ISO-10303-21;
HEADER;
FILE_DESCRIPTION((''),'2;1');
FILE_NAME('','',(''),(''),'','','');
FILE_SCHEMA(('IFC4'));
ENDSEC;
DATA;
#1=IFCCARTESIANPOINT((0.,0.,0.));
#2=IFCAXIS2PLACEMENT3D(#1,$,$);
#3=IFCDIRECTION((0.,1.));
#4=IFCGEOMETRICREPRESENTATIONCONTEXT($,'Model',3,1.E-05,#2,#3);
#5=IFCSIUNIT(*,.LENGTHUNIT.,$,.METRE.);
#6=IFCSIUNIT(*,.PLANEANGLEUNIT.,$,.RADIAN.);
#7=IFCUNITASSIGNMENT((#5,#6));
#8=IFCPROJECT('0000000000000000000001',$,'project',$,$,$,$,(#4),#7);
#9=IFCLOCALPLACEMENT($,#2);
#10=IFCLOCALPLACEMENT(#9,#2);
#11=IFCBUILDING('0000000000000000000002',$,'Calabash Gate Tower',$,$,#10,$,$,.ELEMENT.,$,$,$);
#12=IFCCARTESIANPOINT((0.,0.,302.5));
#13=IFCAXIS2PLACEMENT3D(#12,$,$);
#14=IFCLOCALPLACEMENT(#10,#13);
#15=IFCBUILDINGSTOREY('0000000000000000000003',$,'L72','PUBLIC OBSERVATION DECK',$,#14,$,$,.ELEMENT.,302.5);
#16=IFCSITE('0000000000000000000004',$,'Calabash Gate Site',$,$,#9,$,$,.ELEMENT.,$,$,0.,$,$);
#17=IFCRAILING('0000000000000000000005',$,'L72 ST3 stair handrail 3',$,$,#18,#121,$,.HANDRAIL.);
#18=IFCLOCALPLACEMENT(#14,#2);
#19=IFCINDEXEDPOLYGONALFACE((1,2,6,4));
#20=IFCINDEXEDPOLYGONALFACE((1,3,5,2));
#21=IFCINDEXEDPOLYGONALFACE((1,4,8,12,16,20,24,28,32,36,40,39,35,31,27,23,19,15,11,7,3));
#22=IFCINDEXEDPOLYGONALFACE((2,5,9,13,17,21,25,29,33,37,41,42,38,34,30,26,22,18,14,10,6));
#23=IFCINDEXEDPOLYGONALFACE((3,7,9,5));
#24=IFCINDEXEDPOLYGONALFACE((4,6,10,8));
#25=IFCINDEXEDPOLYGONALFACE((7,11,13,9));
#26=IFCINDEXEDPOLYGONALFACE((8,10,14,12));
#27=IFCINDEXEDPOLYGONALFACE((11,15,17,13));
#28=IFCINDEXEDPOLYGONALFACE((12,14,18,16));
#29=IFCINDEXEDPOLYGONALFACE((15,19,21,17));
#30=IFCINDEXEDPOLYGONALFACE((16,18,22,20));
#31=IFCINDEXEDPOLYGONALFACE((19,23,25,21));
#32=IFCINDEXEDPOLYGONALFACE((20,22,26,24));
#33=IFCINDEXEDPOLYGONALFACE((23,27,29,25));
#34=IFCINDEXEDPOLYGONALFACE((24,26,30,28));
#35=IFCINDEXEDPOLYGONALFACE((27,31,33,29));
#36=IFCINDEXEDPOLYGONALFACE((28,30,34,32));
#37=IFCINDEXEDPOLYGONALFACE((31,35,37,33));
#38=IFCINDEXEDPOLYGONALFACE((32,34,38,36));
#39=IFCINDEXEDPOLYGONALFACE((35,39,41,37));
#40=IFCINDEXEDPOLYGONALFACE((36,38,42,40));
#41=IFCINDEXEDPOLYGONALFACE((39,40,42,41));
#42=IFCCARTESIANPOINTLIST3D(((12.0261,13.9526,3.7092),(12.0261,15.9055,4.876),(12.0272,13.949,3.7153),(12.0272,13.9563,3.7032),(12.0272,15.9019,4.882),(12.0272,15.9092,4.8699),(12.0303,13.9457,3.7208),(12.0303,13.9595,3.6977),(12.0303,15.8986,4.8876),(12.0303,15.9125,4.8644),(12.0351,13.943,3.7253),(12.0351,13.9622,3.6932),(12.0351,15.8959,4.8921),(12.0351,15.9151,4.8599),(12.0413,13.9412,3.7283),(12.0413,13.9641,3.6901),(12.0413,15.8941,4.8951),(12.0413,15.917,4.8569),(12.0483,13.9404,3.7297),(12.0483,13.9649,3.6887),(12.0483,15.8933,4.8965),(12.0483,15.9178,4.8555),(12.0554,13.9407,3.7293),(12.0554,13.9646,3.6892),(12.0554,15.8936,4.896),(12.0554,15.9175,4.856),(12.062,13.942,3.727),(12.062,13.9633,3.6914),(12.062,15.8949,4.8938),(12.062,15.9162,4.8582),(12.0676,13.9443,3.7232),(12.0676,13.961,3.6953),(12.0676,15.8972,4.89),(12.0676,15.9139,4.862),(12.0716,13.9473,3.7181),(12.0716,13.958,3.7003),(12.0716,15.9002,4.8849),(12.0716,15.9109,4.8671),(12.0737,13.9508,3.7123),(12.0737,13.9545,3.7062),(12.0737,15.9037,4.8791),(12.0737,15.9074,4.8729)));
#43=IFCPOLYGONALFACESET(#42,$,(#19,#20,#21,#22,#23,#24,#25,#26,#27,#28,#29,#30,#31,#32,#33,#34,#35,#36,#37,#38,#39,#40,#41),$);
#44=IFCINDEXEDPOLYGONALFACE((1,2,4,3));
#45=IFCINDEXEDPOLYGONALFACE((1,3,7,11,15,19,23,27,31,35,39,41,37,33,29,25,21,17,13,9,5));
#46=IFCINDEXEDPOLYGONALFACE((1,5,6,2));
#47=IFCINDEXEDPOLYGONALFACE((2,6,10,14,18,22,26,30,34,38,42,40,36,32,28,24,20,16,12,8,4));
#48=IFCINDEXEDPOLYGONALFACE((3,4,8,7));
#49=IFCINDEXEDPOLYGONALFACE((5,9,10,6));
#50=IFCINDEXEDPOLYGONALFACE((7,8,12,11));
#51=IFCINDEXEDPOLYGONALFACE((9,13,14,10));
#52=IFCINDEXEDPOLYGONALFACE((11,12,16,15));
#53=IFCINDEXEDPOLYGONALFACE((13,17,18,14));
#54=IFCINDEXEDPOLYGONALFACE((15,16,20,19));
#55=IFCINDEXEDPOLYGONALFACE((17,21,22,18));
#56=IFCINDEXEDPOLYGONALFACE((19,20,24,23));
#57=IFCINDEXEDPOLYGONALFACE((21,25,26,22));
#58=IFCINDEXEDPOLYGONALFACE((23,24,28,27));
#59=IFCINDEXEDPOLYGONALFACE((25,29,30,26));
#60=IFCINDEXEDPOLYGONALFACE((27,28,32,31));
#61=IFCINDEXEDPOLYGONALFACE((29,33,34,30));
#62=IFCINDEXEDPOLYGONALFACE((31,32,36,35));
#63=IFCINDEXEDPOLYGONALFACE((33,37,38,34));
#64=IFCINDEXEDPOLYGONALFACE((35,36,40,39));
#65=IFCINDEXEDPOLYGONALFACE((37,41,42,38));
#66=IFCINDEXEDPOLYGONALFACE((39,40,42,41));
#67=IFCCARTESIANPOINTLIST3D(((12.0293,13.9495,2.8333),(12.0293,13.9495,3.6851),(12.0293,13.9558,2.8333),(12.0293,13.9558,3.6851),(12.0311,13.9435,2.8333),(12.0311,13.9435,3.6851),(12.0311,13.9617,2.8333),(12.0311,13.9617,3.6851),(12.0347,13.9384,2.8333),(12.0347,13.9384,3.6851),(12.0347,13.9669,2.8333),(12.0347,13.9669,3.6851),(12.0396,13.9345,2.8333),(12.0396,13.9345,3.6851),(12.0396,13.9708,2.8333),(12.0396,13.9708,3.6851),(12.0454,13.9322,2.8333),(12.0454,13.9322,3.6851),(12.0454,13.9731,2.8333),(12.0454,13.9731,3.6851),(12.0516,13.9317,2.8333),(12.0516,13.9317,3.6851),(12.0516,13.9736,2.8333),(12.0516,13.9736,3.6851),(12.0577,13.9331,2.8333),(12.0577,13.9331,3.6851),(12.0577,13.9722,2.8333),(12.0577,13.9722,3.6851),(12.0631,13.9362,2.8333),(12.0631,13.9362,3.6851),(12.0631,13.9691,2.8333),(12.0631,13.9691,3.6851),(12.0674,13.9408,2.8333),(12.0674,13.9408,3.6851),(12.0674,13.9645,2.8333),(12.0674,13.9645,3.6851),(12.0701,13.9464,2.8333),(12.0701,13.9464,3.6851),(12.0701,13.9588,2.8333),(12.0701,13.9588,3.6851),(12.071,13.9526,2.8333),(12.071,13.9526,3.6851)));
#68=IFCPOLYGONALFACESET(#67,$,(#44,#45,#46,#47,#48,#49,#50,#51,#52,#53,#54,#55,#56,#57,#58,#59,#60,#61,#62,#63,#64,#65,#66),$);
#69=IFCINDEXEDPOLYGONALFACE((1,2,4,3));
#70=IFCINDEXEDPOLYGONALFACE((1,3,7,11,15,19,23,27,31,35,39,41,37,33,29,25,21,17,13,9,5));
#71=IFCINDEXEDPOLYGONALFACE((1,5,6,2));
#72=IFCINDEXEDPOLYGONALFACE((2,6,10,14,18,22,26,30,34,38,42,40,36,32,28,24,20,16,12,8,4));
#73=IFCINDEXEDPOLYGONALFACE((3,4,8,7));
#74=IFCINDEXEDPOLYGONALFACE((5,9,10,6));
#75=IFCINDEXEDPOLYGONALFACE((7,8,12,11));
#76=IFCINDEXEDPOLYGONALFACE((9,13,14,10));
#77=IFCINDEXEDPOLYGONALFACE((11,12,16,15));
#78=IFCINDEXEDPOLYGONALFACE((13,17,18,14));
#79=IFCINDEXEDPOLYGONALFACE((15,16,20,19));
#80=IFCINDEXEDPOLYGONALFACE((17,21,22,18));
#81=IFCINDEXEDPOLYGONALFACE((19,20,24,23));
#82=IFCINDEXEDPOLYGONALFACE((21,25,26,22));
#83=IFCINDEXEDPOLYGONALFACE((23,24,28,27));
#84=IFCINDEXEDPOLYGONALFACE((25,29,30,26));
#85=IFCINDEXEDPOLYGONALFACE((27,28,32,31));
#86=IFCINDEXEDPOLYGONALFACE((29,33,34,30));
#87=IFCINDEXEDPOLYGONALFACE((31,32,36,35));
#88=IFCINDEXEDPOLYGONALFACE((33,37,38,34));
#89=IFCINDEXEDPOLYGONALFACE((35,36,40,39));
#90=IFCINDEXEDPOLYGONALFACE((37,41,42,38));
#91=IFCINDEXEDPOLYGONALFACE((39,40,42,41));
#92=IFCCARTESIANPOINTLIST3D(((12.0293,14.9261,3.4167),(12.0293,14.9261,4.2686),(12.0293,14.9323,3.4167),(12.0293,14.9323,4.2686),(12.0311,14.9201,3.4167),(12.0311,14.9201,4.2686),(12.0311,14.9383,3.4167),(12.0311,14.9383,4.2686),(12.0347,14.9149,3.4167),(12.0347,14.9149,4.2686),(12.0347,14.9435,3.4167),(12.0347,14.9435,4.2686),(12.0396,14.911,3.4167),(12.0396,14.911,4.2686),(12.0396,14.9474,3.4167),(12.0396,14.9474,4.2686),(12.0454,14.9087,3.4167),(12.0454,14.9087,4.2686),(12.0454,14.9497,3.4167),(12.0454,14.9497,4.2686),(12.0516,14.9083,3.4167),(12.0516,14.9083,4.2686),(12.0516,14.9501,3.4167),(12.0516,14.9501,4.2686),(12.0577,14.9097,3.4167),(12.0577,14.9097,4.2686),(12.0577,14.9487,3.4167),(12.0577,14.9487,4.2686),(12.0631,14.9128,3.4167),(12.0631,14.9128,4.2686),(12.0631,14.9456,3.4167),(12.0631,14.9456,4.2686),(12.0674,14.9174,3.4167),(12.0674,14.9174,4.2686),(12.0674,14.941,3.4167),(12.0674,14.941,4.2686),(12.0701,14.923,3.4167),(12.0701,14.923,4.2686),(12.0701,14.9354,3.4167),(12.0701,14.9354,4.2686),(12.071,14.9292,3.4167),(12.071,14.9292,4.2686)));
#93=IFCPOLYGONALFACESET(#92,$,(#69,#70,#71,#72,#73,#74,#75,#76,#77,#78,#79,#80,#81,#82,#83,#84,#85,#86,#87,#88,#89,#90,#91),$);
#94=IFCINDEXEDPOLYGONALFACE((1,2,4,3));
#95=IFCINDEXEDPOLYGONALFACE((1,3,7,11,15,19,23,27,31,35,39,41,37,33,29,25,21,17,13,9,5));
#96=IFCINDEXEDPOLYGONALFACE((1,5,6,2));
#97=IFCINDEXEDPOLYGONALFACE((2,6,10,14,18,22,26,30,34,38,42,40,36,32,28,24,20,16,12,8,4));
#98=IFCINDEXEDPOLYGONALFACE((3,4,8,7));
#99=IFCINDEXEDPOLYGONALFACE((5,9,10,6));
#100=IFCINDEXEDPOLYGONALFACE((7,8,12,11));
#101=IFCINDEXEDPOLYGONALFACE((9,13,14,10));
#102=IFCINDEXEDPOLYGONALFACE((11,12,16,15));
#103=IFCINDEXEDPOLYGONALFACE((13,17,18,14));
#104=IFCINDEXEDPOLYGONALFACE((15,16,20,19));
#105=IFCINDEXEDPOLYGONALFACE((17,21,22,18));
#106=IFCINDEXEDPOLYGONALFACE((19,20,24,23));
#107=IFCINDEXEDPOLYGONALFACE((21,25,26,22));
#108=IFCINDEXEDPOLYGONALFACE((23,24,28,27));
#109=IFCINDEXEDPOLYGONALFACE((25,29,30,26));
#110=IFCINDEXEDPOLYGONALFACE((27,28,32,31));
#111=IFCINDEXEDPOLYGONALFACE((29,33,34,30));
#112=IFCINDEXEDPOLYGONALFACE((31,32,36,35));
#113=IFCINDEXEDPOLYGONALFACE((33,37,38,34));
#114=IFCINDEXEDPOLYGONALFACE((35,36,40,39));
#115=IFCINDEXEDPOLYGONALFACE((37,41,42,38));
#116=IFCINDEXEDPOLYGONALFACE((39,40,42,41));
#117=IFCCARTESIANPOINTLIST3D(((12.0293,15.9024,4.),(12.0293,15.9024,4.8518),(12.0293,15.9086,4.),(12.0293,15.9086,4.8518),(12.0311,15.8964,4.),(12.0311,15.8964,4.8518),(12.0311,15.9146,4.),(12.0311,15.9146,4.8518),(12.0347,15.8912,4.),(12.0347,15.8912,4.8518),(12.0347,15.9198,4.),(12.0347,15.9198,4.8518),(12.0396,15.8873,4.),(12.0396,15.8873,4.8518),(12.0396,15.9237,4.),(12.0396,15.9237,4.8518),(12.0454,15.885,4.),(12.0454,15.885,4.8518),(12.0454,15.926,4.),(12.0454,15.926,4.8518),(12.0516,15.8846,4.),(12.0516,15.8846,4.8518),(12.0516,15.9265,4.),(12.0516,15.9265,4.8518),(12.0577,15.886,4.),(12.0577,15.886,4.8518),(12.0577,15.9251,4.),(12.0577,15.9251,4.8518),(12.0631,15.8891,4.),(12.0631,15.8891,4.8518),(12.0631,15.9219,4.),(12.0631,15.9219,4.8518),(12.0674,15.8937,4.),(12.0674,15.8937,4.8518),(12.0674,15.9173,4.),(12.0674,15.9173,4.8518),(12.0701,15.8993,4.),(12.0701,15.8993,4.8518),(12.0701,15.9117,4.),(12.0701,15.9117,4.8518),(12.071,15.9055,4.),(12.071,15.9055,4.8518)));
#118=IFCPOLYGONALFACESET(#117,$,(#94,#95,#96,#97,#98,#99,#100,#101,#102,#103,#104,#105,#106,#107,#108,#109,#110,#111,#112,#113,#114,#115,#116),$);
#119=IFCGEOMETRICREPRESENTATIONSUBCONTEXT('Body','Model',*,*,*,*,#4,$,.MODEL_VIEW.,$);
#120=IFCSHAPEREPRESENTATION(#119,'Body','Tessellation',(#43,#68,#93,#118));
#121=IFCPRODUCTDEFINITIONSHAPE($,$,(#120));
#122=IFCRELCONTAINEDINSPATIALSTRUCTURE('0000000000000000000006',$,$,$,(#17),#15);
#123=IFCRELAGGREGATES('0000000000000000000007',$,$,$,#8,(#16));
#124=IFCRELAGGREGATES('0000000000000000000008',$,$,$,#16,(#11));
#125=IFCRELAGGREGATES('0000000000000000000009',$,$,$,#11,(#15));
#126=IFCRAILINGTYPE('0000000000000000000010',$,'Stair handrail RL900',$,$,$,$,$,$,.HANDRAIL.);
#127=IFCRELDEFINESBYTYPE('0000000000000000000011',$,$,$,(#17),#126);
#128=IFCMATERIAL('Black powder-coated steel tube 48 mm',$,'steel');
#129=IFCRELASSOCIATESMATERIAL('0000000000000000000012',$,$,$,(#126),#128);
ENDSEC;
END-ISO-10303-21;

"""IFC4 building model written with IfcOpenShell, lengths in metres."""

from ifc_helpers import new_model, si_unit, direction, frame, origin, origin_2d, place, context, subcontext, project, spatial, circle, extrude, material, type_object, element, save


model = new_model("IFC4")

# Units and contexts
model_context = context("Model", 3, precision=1e-05, world=origin(), true_north=direction((0.0, 1.0)))
body_context = subcontext(model_context, "Body", "Model", "MODEL_VIEW")
ifc_project = project(units=[si_unit("LENGTHUNIT", "METRE"), si_unit("PLANEANGLEUNIT", "RADIAN")], contexts=[model_context])

# Site, building, storey
site_placement = place(None, origin())
site = spatial("IfcSite", under=ifc_project, at=site_placement, Name="Calabash Gate Site", CompositionType="ELEMENT", RefElevation=0.0)
building_placement = place(site_placement, origin())
building = spatial("IfcBuilding", under=site, at=building_placement, Name="Calabash Gate Tower", CompositionType="ELEMENT")
storey_placement = place(building_placement, frame((0.0, 0.0, 302.5)))
storey = spatial("IfcBuildingStorey", under=building, at=storey_placement, Name="L72", Description="PUBLIC OBSERVATION DECK", CompositionType="ELEMENT", Elevation=302.5)

# Railing
ifc_material_1 = material(Name="Black powder-coated steel tube 48 mm", Category="steel")
railing_type_1 = type_object("IfcRailingType", Name="Stair handrail RL900", PredefinedType="HANDRAIL", material=ifc_material_1)
railing_1_placement = place(storey_placement, frame((12.05, 13.9526, 2.8333)))
element("IfcRailing", 1, at=railing_1_placement, inside=storey, type_object=railing_type_1, Name="L72 ST3 stair handrail 3", PredefinedType="HANDRAIL", context=body_context, shape_type="SweptSolid", body=[
    extrude(circle(Radius=0.0239, at=origin_2d()), frame((0.0, 0.0, 0.876), z_axis=(0.0, 0.858457, 0.512885), x_axis=(-1.0, 0.0, 0.0)), (0.0, 0.0, 1.0), 2.2749),
    extrude(circle(Radius=0.021, at=origin_2d()), origin(), (0.0, 0.0, 1.0), 0.8518),
    extrude(circle(Radius=0.021, at=origin_2d()), frame((0.0, 0.9766, 0.5835)), (0.0, 0.0, 1.0), 0.8518),
    extrude(circle(Radius=0.021, at=origin_2d()), frame((0.0, 1.9529, 1.1667)), (0.0, 0.0, 1.0), 0.8518),
])

save(model, "model.ifc")
